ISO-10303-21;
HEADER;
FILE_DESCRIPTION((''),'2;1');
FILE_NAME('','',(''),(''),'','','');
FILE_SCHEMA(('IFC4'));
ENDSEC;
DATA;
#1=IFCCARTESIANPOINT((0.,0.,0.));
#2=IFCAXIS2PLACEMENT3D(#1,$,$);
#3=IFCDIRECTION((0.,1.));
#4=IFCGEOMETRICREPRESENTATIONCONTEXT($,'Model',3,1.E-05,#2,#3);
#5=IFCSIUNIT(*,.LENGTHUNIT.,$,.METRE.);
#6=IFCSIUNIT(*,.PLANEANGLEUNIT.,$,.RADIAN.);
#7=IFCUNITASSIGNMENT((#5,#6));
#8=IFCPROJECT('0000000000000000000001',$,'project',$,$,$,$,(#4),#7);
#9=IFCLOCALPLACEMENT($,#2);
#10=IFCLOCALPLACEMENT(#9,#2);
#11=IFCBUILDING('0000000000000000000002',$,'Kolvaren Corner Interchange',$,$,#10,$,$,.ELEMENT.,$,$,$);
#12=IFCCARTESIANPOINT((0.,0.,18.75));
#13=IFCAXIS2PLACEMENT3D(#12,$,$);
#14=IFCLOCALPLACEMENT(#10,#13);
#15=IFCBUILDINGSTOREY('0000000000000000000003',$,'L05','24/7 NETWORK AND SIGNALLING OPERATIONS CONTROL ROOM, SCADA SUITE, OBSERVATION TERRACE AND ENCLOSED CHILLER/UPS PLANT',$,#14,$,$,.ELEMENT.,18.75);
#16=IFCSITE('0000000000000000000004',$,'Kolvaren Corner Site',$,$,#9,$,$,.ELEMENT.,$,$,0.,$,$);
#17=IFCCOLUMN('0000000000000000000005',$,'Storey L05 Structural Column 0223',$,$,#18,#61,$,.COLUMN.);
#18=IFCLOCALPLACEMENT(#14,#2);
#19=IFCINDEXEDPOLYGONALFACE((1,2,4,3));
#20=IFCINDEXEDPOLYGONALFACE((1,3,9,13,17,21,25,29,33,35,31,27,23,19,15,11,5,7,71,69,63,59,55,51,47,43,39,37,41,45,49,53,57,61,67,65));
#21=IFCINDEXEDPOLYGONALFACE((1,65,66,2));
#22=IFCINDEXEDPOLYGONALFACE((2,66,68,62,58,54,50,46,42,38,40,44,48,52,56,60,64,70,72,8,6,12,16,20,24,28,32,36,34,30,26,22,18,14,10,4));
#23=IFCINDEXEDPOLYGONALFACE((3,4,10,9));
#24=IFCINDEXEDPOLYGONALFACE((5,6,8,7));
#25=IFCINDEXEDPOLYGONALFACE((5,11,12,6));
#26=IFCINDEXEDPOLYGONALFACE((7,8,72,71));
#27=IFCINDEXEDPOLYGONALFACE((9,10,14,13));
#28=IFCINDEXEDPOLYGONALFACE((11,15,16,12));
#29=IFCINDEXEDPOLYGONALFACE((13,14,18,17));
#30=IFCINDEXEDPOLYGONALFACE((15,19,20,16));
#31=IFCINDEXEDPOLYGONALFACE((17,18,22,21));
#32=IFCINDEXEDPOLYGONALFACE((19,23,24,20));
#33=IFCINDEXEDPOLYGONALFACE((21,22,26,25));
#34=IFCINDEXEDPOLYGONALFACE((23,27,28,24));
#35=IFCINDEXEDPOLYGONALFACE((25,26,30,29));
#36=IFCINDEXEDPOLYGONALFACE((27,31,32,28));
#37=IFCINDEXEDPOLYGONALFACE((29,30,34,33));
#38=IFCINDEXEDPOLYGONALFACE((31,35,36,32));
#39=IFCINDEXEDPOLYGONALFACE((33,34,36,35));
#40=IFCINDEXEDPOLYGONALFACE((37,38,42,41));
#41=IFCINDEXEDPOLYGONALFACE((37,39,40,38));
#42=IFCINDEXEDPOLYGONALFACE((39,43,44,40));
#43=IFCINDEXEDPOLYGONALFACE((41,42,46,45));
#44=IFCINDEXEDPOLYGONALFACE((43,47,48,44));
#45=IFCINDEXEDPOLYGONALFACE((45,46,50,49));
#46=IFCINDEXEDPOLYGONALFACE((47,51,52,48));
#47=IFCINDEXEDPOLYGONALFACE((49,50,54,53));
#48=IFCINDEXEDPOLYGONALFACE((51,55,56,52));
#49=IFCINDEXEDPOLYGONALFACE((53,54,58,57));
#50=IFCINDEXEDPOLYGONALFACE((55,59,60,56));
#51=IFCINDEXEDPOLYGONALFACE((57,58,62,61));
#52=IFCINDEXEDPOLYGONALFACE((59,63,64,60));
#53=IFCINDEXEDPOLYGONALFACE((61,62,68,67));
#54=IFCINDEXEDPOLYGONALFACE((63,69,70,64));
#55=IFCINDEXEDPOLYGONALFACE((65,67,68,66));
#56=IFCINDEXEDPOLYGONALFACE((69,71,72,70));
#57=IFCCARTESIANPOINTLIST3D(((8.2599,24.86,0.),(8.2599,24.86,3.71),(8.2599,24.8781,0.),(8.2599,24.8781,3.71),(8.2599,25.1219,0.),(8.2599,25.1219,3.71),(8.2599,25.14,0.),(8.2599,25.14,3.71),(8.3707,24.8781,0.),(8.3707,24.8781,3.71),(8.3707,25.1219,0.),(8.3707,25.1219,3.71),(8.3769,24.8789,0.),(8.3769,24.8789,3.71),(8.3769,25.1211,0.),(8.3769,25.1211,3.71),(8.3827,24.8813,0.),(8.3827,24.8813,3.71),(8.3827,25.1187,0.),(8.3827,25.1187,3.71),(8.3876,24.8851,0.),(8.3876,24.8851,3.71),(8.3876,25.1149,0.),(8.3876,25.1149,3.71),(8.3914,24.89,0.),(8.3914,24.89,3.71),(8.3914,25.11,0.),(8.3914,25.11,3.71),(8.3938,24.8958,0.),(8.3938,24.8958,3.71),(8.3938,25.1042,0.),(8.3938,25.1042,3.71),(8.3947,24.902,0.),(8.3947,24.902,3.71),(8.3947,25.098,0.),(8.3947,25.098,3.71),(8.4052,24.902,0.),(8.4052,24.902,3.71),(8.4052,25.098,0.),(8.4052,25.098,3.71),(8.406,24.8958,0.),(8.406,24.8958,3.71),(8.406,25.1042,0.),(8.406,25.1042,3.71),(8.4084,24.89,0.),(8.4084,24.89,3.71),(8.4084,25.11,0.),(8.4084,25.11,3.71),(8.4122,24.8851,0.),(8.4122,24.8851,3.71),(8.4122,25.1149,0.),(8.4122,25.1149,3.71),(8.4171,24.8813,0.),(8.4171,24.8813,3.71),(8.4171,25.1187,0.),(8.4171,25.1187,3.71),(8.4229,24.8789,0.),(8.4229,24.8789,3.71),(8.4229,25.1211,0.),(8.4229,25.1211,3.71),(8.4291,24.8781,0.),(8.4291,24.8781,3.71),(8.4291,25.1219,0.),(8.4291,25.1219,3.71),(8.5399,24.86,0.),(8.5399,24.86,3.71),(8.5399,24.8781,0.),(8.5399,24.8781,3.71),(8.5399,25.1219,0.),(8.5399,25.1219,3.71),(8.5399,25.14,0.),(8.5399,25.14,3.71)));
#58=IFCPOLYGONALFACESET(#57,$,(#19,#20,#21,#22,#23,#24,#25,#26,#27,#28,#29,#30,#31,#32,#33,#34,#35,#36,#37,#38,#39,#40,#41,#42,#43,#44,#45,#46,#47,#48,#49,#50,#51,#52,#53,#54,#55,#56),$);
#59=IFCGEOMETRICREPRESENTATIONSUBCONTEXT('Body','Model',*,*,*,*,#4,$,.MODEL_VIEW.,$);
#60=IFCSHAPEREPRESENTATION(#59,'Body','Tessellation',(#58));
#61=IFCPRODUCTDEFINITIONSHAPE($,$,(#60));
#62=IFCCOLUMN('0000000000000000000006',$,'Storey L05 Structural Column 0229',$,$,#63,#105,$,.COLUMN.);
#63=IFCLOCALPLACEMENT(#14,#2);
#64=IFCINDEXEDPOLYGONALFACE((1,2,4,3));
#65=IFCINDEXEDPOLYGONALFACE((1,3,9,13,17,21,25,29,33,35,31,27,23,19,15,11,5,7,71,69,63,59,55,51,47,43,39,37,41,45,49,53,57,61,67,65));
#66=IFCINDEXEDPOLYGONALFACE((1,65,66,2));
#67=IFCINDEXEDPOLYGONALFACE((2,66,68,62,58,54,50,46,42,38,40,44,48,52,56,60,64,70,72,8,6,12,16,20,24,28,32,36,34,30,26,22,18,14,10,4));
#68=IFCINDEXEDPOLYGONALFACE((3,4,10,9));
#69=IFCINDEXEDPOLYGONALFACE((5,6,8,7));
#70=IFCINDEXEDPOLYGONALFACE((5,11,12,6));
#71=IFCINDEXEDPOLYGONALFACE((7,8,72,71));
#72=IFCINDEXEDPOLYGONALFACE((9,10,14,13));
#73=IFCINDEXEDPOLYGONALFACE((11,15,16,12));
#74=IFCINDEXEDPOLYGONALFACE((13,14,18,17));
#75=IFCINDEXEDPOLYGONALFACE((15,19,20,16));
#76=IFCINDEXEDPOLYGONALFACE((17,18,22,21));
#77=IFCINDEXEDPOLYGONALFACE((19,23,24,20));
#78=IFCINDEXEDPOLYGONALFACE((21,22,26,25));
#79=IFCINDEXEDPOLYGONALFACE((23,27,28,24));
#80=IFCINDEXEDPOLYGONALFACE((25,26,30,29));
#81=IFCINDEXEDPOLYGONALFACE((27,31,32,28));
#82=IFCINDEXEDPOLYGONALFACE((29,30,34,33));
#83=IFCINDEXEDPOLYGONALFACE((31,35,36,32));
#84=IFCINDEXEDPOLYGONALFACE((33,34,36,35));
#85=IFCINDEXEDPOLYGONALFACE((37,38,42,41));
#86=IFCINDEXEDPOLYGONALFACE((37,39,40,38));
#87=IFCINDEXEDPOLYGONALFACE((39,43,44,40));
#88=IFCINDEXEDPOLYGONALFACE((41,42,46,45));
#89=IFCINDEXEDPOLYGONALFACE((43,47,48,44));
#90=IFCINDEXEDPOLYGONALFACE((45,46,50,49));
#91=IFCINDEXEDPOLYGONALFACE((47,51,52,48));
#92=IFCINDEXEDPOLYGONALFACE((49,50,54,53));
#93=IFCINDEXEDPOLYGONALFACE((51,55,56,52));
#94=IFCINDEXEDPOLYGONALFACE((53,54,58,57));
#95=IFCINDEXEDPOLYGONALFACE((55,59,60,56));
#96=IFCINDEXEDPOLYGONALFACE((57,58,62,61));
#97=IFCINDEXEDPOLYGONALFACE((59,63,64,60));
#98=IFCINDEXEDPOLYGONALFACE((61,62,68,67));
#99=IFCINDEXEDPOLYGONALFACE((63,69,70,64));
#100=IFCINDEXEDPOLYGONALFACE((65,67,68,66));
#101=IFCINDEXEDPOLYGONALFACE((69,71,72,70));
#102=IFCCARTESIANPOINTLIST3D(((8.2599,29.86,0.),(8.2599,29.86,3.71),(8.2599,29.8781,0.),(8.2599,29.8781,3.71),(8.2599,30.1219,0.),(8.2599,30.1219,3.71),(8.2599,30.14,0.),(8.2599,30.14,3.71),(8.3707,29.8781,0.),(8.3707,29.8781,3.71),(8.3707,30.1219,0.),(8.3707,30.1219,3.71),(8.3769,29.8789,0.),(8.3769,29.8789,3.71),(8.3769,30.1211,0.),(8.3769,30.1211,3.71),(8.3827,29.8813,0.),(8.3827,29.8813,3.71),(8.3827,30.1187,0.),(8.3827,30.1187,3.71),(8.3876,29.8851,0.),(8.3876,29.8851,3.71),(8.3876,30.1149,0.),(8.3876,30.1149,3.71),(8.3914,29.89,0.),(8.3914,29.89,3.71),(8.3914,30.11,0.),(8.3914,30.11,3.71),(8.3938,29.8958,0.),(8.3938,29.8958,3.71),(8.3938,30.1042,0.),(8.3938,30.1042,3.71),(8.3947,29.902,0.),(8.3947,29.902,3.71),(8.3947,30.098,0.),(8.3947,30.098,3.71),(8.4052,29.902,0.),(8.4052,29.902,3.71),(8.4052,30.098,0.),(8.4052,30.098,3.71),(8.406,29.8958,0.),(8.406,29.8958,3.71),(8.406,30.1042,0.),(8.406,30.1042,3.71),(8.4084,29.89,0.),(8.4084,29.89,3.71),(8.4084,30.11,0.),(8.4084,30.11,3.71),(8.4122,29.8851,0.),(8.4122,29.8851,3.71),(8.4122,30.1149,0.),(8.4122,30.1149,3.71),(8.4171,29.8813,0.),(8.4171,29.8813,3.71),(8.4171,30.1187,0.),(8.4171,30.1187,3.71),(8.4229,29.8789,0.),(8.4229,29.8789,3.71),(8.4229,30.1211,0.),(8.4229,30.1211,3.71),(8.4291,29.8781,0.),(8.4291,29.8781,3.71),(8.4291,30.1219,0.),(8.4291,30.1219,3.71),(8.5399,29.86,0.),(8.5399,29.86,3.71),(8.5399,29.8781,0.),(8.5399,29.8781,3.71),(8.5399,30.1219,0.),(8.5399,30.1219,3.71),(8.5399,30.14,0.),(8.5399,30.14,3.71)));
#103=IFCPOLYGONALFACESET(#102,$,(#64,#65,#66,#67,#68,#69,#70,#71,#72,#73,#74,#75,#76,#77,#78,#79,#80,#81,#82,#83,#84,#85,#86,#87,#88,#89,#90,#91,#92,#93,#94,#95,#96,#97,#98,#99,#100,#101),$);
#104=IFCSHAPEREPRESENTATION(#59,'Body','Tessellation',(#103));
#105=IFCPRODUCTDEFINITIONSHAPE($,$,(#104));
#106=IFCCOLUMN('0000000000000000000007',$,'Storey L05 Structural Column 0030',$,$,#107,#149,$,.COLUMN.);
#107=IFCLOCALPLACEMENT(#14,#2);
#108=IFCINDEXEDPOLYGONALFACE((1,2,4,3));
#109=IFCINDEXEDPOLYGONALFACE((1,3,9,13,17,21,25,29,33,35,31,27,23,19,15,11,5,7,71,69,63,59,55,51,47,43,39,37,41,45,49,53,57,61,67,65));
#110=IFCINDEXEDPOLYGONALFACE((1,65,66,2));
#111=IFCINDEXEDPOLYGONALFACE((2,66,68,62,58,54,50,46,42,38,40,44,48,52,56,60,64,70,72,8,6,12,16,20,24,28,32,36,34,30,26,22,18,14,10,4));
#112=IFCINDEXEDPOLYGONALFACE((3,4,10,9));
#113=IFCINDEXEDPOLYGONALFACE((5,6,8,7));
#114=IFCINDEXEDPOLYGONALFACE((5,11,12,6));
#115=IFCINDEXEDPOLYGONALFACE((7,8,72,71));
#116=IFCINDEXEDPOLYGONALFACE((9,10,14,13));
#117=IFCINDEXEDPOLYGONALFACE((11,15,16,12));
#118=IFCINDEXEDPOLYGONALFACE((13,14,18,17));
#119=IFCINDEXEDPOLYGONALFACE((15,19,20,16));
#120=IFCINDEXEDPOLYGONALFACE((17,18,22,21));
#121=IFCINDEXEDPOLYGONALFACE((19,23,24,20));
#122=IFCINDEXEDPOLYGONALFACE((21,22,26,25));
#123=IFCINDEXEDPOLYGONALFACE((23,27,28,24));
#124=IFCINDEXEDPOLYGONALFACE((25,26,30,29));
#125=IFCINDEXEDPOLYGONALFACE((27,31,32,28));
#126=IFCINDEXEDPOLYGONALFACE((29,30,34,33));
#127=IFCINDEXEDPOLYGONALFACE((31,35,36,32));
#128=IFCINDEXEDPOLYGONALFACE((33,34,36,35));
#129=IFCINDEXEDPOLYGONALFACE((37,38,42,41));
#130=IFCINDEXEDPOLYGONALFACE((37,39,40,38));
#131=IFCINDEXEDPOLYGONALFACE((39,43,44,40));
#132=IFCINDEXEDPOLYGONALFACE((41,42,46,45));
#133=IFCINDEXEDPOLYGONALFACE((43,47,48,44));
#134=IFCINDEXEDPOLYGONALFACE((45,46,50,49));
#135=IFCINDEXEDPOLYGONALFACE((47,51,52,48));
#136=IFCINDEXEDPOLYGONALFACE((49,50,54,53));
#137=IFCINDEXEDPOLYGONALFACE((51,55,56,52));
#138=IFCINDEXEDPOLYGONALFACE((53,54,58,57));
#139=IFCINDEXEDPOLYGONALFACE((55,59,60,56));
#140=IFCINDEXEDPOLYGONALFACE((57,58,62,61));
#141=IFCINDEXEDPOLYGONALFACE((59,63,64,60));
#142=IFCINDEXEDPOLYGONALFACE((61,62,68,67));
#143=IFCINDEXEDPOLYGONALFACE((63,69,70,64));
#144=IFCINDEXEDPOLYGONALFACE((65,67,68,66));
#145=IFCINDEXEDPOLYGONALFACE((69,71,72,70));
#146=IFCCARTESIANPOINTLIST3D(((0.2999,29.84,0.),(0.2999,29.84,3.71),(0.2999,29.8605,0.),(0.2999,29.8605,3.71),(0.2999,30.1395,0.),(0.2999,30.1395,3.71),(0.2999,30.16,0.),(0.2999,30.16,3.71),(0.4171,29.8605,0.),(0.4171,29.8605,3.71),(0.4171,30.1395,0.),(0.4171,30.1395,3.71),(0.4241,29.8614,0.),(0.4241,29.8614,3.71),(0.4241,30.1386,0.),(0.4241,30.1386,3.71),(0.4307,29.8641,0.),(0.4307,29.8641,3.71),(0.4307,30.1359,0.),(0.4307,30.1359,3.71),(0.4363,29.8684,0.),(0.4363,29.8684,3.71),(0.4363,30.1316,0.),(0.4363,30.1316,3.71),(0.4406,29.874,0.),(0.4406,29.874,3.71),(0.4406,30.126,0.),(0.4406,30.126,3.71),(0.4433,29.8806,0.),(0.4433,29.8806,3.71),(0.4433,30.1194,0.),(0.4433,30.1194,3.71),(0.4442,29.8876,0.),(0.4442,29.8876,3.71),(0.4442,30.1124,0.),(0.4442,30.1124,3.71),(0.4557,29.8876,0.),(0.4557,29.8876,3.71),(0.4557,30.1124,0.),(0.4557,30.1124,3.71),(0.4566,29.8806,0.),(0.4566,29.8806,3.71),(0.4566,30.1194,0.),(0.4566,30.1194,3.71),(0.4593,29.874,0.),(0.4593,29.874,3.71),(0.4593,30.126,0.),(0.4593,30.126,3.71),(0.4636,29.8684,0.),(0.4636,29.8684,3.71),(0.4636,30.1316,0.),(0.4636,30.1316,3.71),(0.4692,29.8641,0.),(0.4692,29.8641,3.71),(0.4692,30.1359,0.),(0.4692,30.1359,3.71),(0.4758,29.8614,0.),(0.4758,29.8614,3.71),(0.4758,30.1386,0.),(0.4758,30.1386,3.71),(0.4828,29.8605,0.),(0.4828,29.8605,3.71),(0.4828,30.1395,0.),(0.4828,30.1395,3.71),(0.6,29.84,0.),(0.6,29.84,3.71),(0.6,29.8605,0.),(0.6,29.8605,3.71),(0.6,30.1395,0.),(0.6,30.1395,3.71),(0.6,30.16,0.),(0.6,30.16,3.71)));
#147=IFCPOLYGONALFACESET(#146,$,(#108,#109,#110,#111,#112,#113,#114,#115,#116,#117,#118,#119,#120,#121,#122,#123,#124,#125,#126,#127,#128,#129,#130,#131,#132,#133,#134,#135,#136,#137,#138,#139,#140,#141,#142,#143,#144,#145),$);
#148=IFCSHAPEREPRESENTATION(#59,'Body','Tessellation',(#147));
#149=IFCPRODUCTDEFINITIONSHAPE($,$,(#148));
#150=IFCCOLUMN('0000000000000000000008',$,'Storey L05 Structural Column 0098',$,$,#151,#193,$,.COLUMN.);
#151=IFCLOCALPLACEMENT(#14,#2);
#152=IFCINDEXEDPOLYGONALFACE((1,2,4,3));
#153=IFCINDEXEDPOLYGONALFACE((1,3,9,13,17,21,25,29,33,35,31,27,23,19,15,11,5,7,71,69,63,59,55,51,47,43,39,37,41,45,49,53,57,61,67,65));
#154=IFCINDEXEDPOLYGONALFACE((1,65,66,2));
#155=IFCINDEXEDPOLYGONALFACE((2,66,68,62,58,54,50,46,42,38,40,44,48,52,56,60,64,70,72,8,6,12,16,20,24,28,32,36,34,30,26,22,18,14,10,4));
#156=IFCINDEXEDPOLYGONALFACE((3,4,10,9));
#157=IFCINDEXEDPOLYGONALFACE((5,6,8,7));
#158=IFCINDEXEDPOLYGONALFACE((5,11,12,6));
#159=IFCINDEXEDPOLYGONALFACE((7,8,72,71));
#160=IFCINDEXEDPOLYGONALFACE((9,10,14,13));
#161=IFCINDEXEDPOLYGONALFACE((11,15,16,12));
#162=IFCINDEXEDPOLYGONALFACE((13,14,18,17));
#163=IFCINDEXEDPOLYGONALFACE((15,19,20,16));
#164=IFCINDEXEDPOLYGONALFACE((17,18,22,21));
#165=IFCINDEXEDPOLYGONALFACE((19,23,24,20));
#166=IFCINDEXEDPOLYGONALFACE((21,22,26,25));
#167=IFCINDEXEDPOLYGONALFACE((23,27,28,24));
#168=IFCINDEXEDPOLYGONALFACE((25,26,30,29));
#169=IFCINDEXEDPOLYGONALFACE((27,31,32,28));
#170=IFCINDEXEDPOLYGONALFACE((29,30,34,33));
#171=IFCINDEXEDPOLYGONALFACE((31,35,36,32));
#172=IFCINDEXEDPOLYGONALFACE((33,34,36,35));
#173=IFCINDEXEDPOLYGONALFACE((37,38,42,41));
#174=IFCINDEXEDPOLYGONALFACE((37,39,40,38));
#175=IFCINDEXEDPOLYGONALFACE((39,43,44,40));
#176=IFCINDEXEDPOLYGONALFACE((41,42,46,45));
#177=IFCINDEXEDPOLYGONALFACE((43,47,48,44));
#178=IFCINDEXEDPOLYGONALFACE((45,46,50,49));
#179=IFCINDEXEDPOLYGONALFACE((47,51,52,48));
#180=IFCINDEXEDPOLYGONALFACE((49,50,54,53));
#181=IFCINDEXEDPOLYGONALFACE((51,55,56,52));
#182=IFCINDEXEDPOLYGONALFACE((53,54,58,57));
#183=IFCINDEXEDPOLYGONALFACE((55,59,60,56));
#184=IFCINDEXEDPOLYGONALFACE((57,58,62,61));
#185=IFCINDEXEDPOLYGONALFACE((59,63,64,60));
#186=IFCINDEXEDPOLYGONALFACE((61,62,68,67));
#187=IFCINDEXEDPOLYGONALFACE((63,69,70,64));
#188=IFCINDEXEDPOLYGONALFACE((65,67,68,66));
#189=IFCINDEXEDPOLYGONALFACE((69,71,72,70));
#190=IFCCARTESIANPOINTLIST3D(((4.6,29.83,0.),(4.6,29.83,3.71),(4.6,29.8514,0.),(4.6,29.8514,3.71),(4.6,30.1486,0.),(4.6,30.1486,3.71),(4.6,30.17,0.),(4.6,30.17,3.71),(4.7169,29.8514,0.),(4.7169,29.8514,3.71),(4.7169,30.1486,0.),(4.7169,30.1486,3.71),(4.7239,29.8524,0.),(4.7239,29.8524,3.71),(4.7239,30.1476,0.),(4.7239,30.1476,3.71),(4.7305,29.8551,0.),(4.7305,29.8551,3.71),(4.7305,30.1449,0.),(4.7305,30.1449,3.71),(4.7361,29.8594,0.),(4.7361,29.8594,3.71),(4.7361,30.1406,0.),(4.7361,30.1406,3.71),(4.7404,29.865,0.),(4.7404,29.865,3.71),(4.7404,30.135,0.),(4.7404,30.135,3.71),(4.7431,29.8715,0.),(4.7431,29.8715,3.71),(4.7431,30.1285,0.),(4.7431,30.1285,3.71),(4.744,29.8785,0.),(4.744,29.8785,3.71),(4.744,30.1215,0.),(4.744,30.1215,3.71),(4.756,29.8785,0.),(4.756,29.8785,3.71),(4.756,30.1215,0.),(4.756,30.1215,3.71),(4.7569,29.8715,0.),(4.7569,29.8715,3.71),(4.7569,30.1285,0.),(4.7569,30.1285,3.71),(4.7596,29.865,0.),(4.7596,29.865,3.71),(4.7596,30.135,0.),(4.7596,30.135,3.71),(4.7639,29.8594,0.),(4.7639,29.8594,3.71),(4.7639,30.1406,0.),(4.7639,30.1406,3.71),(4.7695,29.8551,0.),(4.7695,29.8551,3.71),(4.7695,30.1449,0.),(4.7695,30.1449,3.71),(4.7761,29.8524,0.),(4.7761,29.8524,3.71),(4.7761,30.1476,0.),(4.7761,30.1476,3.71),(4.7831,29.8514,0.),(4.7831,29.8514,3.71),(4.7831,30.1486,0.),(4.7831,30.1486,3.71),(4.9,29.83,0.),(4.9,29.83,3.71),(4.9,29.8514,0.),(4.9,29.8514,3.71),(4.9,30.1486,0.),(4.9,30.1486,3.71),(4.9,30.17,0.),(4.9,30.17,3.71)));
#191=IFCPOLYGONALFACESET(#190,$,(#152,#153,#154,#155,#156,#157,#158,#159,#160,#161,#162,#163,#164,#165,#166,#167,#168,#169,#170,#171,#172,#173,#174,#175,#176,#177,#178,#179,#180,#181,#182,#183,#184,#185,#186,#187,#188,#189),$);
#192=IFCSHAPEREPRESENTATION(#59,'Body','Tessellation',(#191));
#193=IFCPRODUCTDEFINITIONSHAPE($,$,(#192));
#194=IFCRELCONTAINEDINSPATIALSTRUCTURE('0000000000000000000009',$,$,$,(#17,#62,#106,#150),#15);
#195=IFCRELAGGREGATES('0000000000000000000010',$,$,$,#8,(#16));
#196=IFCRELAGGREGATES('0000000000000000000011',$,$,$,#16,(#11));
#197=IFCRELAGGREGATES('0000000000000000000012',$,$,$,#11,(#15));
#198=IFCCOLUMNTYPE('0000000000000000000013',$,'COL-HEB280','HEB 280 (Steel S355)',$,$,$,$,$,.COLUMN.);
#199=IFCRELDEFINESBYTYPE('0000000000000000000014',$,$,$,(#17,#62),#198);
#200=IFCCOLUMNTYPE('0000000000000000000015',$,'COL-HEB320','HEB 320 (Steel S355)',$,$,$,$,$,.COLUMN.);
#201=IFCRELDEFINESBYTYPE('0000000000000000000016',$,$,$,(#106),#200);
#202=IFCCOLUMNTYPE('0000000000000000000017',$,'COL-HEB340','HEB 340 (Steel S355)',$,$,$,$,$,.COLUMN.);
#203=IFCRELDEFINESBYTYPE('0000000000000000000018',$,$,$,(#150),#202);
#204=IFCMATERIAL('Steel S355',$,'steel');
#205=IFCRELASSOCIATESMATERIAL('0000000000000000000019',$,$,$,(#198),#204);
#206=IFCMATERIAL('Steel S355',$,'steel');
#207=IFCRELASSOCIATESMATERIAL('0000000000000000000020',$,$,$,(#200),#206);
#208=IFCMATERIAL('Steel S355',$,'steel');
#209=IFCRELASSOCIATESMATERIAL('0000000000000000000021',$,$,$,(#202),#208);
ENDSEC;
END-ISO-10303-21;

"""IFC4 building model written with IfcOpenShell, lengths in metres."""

from ifc_helpers import new_model, si_unit, direction, frame, origin, origin_2d, place, context, subcontext, project, spatial, i_section, extrude, material, material_profile, profile_set, type_object, element, save


model = new_model("IFC4")

# Units and contexts
model_context = context("Model", 3, precision=1e-05, world=origin(), true_north=direction((0.0, 1.0)))
body_context = subcontext(model_context, "Body", "Model", "MODEL_VIEW")
ifc_project = project(units=[si_unit("LENGTHUNIT", "METRE"), si_unit("PLANEANGLEUNIT", "RADIAN")], contexts=[model_context])

# Site, building, storey
site_placement = place(None, origin())
site = spatial("IfcSite", under=ifc_project, at=site_placement, Name="Kolvaren Corner Site", CompositionType="ELEMENT", RefElevation=0.0)
building_placement = place(site_placement, origin())
building = spatial("IfcBuilding", under=site, at=building_placement, Name="Kolvaren Corner Interchange", CompositionType="ELEMENT")
storey_placement = place(building_placement, frame((0.0, 0.0, 18.75)))
storey = spatial("IfcBuildingStorey", under=building, at=storey_placement, Name="L05", Description="24/7 NETWORK AND SIGNALLING OPERATIONS CONTROL ROOM, SCADA SUITE, OBSERVATION TERRACE AND ENCLOSED CHILLER/UPS PLANT", CompositionType="ELEMENT", Elevation=18.75)

# Columns
ifc_material_1 = material(Name="Steel S355", Category="steel")
ifc_material_profile_1 = material_profile(ifc_material_1, i_section(OverallWidth=0.28, OverallDepth=0.28, WebThickness=0.0105, FlangeThickness=0.0181, FilletRadius=0.0239, at=origin_2d()), Name="HEB 280")
ifc_profile_set_1 = profile_set([ifc_material_profile_1], Name="Steel S355")
column_type_1 = type_object("IfcColumnType", Name="COL-HEB280", Description="HEB 280 (Steel S355)", PredefinedType="COLUMN", material=ifc_profile_set_1)
for number, where, z_axis, x_axis, name in (
    (1, (8.3999, 25.0, 0.0), (0.0, 0.0, 1.0), (1.0, 0.0, 0.0), "Storey L05 Structural Column 0223"),
    (2, (8.3999, 30.0, 0.0), (0.0, 0.0, 1.0), (1.0, 0.0, 0.0), "Storey L05 Structural Column 0229"),
):
    element("IfcColumn", number, at=place(storey_placement, frame(where, z_axis=z_axis, x_axis=x_axis)), inside=storey, type_object=column_type_1, Name=name, PredefinedType="COLUMN", context=body_context, shape_type="SweptSolid", body=[
        extrude(i_section(OverallWidth=0.28, OverallDepth=0.28, WebThickness=0.0105, FlangeThickness=0.0181, FilletRadius=0.0239, at=origin_2d()), origin(), (0.0, 0.0, 1.0), 3.71),
    ])
ifc_material_2 = material(Name="Steel S355", Category="steel")
ifc_material_profile_2 = material_profile(ifc_material_2, i_section(OverallWidth=0.3, OverallDepth=0.3201, WebThickness=0.0115, FlangeThickness=0.0205, FilletRadius=0.0271, at=origin_2d()), Name="HEB 320")
ifc_profile_set_2 = profile_set([ifc_material_profile_2], Name="Steel S355")
column_type_2 = type_object("IfcColumnType", Name="COL-HEB320", Description="HEB 320 (Steel S355)", PredefinedType="COLUMN", material=ifc_profile_set_2)
column_placement = place(storey_placement, frame((0.45, 30.0, 0.0), z_axis=(0.0, 0.0, 1.0), x_axis=(1.0, 0.0, 0.0)))
element("IfcColumn", 3, at=column_placement, inside=storey, type_object=column_type_2, Name="Storey L05 Structural Column 0030", PredefinedType="COLUMN", context=body_context, shape_type="SweptSolid", body=[
    extrude(i_section(OverallWidth=0.3, OverallDepth=0.3201, WebThickness=0.0115, FlangeThickness=0.0205, FilletRadius=0.0271, at=origin_2d()), origin(), (0.0, 0.0, 1.0), 3.71),
])
ifc_material_3 = material(Name="Steel S355", Category="steel")
ifc_material_profile_3 = material_profile(ifc_material_3, i_section(OverallWidth=0.3, OverallDepth=0.3401, WebThickness=0.012, FlangeThickness=0.0215, FilletRadius=0.0271, at=origin_2d()), Name="HEB 340")
ifc_profile_set_3 = profile_set([ifc_material_profile_3], Name="Steel S355")
column_type_3 = type_object("IfcColumnType", Name="COL-HEB340", Description="HEB 340 (Steel S355)", PredefinedType="COLUMN", material=ifc_profile_set_3)
for number, where, z_axis, x_axis, name in (
    (4, (4.75, 30.0, 0.0), (0.0, 0.0, 1.0), (1.0, 0.0, 0.0), "Storey L05 Structural Column 0098"),
):
    element("IfcColumn", number, at=place(storey_placement, frame(where, z_axis=z_axis, x_axis=x_axis)), inside=storey, type_object=column_type_3, Name=name, PredefinedType="COLUMN", context=body_context, shape_type="SweptSolid", body=[
        extrude(i_section(OverallWidth=0.3, OverallDepth=0.3401, WebThickness=0.012, FlangeThickness=0.0215, FilletRadius=0.0271, at=origin_2d()), origin(), (0.0, 0.0, 1.0), 3.71),
    ])

save(model, "model.ifc")
